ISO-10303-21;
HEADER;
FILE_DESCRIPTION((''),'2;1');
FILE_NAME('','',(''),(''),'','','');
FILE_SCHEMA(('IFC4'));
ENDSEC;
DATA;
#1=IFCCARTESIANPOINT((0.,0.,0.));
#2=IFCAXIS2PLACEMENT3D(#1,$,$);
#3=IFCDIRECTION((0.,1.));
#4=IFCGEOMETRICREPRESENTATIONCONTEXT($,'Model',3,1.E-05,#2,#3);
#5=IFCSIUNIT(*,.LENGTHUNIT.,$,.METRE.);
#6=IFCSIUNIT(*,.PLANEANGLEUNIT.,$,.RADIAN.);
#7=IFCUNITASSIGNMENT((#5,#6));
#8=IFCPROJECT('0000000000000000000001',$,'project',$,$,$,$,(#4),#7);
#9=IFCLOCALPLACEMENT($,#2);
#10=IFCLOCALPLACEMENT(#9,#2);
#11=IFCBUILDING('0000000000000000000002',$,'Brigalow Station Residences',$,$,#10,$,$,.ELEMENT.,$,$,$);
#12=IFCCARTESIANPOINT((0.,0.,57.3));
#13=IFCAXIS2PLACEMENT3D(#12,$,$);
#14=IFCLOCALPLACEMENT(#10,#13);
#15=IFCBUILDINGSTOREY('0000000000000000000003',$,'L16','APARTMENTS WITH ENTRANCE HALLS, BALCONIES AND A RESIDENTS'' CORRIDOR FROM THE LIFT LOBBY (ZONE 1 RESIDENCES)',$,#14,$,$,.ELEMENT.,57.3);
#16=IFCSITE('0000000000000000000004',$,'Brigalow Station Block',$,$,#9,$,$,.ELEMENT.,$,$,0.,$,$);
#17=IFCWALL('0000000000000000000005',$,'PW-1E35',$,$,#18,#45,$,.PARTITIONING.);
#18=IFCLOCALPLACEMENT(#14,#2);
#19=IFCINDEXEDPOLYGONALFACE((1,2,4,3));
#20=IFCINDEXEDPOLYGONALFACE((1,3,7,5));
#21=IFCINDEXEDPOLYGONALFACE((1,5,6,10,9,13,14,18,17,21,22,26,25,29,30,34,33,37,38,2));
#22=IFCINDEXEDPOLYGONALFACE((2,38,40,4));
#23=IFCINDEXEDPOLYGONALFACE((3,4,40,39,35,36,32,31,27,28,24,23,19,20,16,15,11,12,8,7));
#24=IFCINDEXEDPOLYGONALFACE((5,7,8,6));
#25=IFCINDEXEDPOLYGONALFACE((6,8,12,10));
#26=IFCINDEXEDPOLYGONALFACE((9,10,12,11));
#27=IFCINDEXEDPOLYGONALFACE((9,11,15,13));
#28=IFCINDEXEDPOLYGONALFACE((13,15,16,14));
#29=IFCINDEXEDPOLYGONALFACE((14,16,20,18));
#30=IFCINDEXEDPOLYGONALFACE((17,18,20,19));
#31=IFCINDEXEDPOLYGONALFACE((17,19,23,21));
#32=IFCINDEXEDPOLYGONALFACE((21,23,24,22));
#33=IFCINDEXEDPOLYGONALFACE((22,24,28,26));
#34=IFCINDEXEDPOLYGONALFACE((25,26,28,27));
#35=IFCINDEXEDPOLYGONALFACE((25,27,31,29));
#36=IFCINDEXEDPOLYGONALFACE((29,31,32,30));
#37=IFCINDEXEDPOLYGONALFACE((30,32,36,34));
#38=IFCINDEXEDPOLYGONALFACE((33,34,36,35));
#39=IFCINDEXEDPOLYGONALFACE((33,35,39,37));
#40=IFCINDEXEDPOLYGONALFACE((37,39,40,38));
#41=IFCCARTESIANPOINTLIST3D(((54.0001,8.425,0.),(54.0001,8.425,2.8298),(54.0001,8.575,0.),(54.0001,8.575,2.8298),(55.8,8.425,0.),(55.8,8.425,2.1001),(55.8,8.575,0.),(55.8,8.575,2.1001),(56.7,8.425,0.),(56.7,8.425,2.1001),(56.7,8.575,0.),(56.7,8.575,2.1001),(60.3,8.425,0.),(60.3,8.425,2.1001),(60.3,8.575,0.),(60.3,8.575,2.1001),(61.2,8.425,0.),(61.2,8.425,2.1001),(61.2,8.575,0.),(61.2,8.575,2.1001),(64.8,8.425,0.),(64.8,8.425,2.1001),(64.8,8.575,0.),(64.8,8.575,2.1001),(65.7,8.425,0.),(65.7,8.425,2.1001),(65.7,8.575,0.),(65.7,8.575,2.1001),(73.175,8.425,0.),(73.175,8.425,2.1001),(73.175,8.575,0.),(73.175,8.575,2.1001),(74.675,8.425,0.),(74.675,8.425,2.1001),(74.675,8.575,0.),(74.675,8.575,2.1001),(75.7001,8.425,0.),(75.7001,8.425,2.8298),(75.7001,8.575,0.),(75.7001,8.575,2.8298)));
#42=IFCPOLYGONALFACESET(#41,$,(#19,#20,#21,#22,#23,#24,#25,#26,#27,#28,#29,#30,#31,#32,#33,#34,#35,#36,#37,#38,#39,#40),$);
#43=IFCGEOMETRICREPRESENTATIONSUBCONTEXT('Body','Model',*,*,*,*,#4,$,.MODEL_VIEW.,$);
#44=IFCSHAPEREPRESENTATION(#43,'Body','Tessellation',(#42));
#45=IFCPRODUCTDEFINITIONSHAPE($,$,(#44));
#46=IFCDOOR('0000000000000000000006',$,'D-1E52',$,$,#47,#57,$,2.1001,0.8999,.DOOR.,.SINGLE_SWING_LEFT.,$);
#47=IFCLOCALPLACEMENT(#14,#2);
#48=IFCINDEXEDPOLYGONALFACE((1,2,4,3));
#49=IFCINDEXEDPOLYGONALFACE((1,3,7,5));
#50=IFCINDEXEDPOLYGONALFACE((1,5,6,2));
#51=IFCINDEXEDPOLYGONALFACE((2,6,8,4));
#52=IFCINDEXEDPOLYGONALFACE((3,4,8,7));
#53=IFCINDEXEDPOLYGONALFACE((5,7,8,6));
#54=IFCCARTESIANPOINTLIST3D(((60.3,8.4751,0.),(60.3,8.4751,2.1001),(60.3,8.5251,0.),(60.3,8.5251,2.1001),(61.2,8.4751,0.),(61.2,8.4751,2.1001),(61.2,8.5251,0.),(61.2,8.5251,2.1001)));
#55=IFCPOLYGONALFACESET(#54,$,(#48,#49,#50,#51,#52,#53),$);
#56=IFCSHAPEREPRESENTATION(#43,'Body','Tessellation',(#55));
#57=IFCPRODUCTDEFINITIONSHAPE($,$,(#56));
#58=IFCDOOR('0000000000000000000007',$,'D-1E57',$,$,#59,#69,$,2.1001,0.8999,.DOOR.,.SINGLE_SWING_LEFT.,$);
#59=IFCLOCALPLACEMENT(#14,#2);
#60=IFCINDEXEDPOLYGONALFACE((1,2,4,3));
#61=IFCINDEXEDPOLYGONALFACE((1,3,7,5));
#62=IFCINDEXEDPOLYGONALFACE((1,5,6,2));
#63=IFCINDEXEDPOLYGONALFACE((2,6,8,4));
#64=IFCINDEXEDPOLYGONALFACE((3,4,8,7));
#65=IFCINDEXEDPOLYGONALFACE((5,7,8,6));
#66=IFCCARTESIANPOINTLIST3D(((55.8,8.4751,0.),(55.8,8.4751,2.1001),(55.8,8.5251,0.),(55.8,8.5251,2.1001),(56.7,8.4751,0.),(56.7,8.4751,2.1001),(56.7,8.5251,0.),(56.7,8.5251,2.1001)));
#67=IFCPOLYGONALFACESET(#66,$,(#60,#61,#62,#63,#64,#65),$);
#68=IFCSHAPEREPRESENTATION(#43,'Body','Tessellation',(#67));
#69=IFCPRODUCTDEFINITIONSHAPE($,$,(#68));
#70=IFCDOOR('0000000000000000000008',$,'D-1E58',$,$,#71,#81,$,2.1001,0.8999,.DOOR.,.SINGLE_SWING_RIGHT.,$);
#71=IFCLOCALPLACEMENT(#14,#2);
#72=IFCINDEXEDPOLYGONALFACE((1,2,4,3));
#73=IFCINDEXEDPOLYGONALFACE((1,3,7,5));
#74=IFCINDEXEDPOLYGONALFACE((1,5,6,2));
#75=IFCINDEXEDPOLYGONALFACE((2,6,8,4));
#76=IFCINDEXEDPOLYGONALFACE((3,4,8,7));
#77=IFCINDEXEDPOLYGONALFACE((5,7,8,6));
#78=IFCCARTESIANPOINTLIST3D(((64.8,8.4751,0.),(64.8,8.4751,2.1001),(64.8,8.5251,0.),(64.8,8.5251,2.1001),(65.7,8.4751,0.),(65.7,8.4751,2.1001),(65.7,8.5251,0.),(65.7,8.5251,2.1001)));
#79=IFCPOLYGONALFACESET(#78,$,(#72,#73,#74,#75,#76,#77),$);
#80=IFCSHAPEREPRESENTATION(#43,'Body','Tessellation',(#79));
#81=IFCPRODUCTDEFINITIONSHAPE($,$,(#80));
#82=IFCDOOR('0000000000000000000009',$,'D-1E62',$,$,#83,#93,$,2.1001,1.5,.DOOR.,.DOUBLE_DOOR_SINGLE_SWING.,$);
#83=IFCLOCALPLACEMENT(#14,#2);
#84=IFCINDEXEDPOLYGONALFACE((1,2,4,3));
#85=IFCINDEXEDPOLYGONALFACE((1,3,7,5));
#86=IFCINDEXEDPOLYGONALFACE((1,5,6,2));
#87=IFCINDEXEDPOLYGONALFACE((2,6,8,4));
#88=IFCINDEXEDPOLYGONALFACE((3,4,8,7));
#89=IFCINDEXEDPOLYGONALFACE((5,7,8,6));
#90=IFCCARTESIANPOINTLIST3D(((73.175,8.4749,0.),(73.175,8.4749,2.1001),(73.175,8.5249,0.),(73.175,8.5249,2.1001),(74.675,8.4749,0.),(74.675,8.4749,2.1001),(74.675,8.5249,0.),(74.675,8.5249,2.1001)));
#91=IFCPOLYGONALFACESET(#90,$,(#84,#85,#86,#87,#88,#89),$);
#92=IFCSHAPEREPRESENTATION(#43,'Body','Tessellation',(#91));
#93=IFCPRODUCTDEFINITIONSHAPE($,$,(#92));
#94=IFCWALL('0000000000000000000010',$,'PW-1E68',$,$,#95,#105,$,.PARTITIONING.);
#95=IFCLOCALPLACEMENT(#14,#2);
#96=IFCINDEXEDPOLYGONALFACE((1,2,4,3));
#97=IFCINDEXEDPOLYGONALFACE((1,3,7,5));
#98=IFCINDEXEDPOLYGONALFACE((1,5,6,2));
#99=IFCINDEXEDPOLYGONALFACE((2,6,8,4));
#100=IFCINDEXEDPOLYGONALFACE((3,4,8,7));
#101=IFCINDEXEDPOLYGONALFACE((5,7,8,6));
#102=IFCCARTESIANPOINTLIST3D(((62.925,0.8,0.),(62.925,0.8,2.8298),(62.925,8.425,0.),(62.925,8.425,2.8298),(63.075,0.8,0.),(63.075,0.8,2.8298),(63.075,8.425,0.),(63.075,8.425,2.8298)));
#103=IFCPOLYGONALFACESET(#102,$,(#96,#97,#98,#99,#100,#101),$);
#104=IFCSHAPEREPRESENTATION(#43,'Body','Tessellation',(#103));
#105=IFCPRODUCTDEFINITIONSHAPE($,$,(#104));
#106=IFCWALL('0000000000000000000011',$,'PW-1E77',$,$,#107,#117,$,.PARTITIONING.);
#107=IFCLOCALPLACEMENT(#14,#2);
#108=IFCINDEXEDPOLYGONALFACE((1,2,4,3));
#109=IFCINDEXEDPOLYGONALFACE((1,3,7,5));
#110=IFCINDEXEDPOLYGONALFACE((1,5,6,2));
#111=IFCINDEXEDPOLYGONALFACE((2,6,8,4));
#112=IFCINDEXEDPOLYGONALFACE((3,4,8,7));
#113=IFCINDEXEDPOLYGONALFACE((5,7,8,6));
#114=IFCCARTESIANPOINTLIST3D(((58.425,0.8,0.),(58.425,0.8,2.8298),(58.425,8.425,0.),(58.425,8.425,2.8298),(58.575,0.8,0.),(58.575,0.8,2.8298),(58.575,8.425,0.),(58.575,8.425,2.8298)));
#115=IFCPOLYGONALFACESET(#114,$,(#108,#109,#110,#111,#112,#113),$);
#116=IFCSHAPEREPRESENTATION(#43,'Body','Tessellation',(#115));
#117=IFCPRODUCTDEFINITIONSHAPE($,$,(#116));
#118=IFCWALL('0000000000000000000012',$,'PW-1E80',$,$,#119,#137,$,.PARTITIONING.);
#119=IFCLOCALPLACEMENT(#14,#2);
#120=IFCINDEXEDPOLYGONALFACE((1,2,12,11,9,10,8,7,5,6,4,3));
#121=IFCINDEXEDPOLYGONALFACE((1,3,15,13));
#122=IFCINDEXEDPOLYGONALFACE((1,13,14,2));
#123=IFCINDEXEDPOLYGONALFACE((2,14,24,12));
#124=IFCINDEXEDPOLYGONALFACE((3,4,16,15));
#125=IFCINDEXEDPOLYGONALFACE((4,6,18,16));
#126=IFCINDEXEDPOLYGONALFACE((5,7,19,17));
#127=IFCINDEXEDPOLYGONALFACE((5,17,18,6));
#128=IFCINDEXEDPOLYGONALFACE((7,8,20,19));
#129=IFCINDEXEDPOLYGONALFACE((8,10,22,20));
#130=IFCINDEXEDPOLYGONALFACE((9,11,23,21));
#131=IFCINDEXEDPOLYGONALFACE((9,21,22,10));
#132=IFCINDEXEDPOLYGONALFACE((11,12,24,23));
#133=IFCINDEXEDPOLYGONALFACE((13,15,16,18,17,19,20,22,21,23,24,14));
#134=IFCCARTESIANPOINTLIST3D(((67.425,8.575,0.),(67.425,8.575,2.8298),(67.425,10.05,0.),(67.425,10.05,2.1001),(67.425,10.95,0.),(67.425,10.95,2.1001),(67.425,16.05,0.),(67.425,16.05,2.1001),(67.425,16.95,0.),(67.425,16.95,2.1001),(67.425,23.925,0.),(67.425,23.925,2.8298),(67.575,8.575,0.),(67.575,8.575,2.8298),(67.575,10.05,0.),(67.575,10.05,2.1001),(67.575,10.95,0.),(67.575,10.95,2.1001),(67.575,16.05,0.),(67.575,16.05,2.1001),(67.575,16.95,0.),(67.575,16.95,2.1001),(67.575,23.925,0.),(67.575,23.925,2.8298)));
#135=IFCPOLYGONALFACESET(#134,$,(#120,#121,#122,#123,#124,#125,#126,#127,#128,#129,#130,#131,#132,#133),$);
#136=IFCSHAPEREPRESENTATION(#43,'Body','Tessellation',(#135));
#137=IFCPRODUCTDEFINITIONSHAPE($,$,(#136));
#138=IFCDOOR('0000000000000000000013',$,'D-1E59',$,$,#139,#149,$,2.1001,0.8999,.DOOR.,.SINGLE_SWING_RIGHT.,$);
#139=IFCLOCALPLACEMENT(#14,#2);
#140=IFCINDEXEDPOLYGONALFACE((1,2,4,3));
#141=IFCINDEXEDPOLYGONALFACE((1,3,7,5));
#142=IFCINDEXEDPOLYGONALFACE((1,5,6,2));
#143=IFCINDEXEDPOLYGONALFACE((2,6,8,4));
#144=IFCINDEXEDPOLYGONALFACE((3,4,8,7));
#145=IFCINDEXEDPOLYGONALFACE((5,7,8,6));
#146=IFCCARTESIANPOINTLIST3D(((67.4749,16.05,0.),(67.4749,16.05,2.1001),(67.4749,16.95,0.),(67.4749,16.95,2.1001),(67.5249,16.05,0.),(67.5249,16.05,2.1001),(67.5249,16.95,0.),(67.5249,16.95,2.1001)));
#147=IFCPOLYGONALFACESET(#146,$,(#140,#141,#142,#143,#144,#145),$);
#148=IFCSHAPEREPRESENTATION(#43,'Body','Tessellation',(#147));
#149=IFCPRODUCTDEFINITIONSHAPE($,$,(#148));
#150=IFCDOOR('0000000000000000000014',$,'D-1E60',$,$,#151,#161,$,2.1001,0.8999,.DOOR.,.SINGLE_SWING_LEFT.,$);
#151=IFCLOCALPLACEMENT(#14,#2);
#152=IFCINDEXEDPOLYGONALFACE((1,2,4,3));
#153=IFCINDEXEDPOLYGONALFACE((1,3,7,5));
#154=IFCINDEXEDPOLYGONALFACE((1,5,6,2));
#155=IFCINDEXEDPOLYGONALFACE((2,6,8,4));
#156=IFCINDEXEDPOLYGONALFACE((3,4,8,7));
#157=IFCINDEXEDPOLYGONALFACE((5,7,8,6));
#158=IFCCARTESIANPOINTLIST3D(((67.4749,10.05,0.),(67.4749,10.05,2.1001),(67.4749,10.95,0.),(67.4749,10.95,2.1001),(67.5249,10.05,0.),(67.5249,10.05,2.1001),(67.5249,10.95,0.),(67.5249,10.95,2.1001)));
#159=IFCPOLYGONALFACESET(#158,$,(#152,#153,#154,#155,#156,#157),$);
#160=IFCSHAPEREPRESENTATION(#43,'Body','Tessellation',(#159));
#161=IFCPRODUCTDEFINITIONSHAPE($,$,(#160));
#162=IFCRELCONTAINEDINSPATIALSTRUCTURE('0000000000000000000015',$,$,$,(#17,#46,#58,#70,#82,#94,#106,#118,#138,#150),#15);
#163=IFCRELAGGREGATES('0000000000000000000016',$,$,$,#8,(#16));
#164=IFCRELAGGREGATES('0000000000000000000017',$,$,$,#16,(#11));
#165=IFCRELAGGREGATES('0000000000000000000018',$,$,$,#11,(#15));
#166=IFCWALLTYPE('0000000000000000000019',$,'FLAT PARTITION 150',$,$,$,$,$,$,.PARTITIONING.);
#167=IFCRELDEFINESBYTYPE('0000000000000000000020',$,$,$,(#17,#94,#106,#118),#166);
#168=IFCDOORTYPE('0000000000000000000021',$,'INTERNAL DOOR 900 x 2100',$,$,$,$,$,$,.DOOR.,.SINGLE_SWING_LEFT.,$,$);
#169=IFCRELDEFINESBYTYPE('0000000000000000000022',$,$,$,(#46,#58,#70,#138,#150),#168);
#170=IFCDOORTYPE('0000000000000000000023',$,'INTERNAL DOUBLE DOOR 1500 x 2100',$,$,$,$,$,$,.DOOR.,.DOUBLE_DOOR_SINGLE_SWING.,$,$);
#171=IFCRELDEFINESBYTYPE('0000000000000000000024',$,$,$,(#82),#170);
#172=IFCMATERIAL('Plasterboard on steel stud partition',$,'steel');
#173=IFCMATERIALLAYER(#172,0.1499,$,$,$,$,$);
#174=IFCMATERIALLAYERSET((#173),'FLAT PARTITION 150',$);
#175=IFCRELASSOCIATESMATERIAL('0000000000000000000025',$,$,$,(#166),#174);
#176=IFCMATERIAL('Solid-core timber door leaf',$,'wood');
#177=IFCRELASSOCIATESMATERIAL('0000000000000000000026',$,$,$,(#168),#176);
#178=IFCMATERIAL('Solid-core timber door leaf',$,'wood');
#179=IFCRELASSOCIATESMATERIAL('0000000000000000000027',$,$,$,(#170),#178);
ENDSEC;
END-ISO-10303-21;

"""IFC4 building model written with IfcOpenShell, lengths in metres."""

from ifc_helpers import new_model, si_unit, direction, frame, frame_2d, origin, place, context, subcontext, project, spatial, rectangle, extrude, material, layer, layer_set, type_object, element, fill, save


model = new_model("IFC4")

# Units and contexts
model_context = context("Model", 3, precision=1e-05, world=origin(), true_north=direction((0.0, 1.0)))
body_context = subcontext(model_context, "Body", "Model", "MODEL_VIEW")
ifc_project = project(units=[si_unit("LENGTHUNIT", "METRE"), si_unit("PLANEANGLEUNIT", "RADIAN")], contexts=[model_context])

# Site, building, storey
site_placement = place(None, origin())
site = spatial("IfcSite", under=ifc_project, at=site_placement, Name="Brigalow Station Block", CompositionType="ELEMENT", RefElevation=0.0)
building_placement = place(site_placement, origin())
building = spatial("IfcBuilding", under=site, at=building_placement, Name="Brigalow Station Residences", CompositionType="ELEMENT")
storey_placement = place(building_placement, frame((0.0, 0.0, 57.3)))
storey = spatial("IfcBuildingStorey", under=building, at=storey_placement, Name="L16", Description="APARTMENTS WITH ENTRANCE HALLS, BALCONIES AND A RESIDENTS' CORRIDOR FROM THE LIFT LOBBY (ZONE 1 RESIDENCES)", CompositionType="ELEMENT", Elevation=57.3)

# Wall, openings, doors
ifc_material_1 = material(Name="Plasterboard on steel stud partition", Category="steel")
ifc_layer_1 = layer(ifc_material_1, 0.1499)
ifc_layer_set_1 = layer_set([ifc_layer_1], Name="FLAT PARTITION 150")
wall_type_1 = type_object("IfcWallType", Name="FLAT PARTITION 150", PredefinedType="PARTITIONING", material=ifc_layer_set_1)
wall_1_placement = place(storey_placement, frame((54.0, 8.5, 0.0), z_axis=(0.0, 0.0, 1.0), x_axis=(1.0, 0.0, 0.0)))
wall_1 = element("IfcWall", 1, at=wall_1_placement, inside=storey, type_object=wall_type_1, Name="PW-1E35", PredefinedType="PARTITIONING", context=body_context, shape_type="SweptSolid", body=[
    extrude(rectangle(XDim=21.7, YDim=0.1499, at=frame_2d((10.8501, 0.0))), origin(), (0.0, 0.0, 1.0), 2.8298),
])
opening_1_placement = place(wall_1_placement, frame((6.3, 0.0, 0.0)))
opening_1 = element("IfcOpeningElement", 2, at=opening_1_placement, cuts=wall_1, PredefinedType="OPENING", context=body_context, shape_type="SweptSolid", body=[
    extrude(rectangle(XDim=0.8999, YDim=2.1001, at=frame_2d((0.45, 1.05))), frame((0.0, 0.085, 0.0), z_axis=(0.0, -1.0, 0.0), x_axis=(1.0, 0.0, 0.0)), (0.0, 0.0, 1.0), 0.1699),
])
opening_2_placement = place(wall_1_placement, frame((1.8, 0.0, 0.0)))
opening_2 = element("IfcOpeningElement", 3, at=opening_2_placement, cuts=wall_1, PredefinedType="OPENING", context=body_context, shape_type="SweptSolid", body=[
    extrude(rectangle(XDim=0.8999, YDim=2.1001, at=frame_2d((0.45, 1.05))), frame((0.0, 0.085, 0.0), z_axis=(0.0, -1.0, 0.0), x_axis=(1.0, 0.0, 0.0)), (0.0, 0.0, 1.0), 0.1699),
])
opening_3_placement = place(wall_1_placement, frame((10.8, 0.0, 0.0)))
opening_3 = element("IfcOpeningElement", 4, at=opening_3_placement, cuts=wall_1, PredefinedType="OPENING", context=body_context, shape_type="SweptSolid", body=[
    extrude(rectangle(XDim=0.8999, YDim=2.1001, at=frame_2d((0.45, 1.05))), frame((0.0, 0.085, 0.0), z_axis=(0.0, -1.0, 0.0), x_axis=(1.0, 0.0, 0.0)), (0.0, 0.0, 1.0), 0.1699),
])
opening_4_placement = place(wall_1_placement, frame((19.175, 0.0, 0.0)))
opening_4 = element("IfcOpeningElement", 5, at=opening_4_placement, cuts=wall_1, PredefinedType="OPENING", context=body_context, shape_type="SweptSolid", body=[
    extrude(rectangle(XDim=1.5, YDim=2.1001, at=frame_2d((0.75, 1.05))), frame((0.0, 0.085, 0.0), z_axis=(0.0, -1.0, 0.0), x_axis=(1.0, 0.0, 0.0)), (0.0, 0.0, 1.0), 0.1699),
])
ifc_material_2 = material(Name="Solid-core timber door leaf", Category="wood")
door_type_1 = type_object("IfcDoorType", Name="INTERNAL DOOR 900 x 2100", OperationType="SINGLE_SWING_LEFT", PredefinedType="DOOR", material=ifc_material_2)
door_1_placement = place(opening_1_placement, frame((0.8999, 0.0, 0.0), z_axis=(0.0, 0.0, 1.0), x_axis=(-1.0, 0.0, 0.0)))
door_1 = element("IfcDoor", 6, at=door_1_placement, inside=storey, type_object=door_type_1, Name="D-1E52", OperationType="SINGLE_SWING_LEFT", OverallHeight=2.1001, OverallWidth=0.8999, PredefinedType="DOOR", context=body_context, shape_type="SweptSolid", body=[
    extrude(rectangle(XDim=0.8999, YDim=2.1001, at=frame_2d((0.45, 1.05))), frame((0.0, 0.0249, 0.0), z_axis=(0.0, -1.0, 0.0), x_axis=(1.0, 0.0, 0.0)), (0.0, 0.0, 1.0), 0.05),
])
fill(opening_1, door_1)
door_2_placement = place(opening_2_placement, frame((0.8999, 0.0, 0.0), z_axis=(0.0, 0.0, 1.0), x_axis=(-1.0, 0.0, 0.0)))
door_2 = element("IfcDoor", 7, at=door_2_placement, inside=storey, type_object=door_type_1, Name="D-1E57", OperationType="SINGLE_SWING_LEFT", OverallHeight=2.1001, OverallWidth=0.8999, PredefinedType="DOOR", context=body_context, shape_type="SweptSolid", body=[
    extrude(rectangle(XDim=0.8999, YDim=2.1001, at=frame_2d((0.45, 1.05))), frame((0.0, 0.0249, 0.0), z_axis=(0.0, -1.0, 0.0), x_axis=(1.0, 0.0, 0.0)), (0.0, 0.0, 1.0), 0.05),
])
fill(opening_2, door_2)
door_3_placement = place(opening_3_placement, frame((0.8999, 0.0, 0.0), z_axis=(0.0, 0.0, 1.0), x_axis=(-1.0, 0.0, 0.0)))
door_3 = element("IfcDoor", 8, at=door_3_placement, inside=storey, type_object=door_type_1, Name="D-1E58", OperationType="SINGLE_SWING_RIGHT", OverallHeight=2.1001, OverallWidth=0.8999, PredefinedType="DOOR", context=body_context, shape_type="SweptSolid", body=[
    extrude(rectangle(XDim=0.8999, YDim=2.1001, at=frame_2d((0.45, 1.05))), frame((0.0, 0.0249, 0.0), z_axis=(0.0, -1.0, 0.0), x_axis=(1.0, 0.0, 0.0)), (0.0, 0.0, 1.0), 0.05),
])
fill(opening_3, door_3)
ifc_material_3 = material(Name="Solid-core timber door leaf", Category="wood")
door_type_2 = type_object("IfcDoorType", Name="INTERNAL DOUBLE DOOR 1500 x 2100", OperationType="DOUBLE_DOOR_SINGLE_SWING", PredefinedType="DOOR", material=ifc_material_3)
door_4_placement = place(opening_4_placement, origin())
door_4 = element("IfcDoor", 9, at=door_4_placement, inside=storey, type_object=door_type_2, Name="D-1E62", OperationType="DOUBLE_DOOR_SINGLE_SWING", OverallHeight=2.1001, OverallWidth=1.5, PredefinedType="DOOR", context=body_context, shape_type="SweptSolid", body=[
    extrude(rectangle(XDim=1.5, YDim=2.1001, at=frame_2d((0.75, 1.05))), frame((0.0, 0.0249, 0.0), z_axis=(0.0, -1.0, 0.0), x_axis=(1.0, 0.0, 0.0)), (0.0, 0.0, 1.0), 0.05),
])
fill(opening_4, door_4)

# Walls
for number, where, z_axis, x_axis, name in (
    (10, (63.0, 0.8, 0.0), (0.0, 0.0, 1.0), (0.0, 1.0, 0.0), "PW-1E68"),
    (11, (58.5, 0.8, 0.0), (0.0, 0.0, 1.0), (0.0, 1.0, 0.0), "PW-1E77"),
):
    element("IfcWall", number, at=place(storey_placement, frame(where, z_axis=z_axis, x_axis=x_axis)), inside=storey, type_object=wall_type_1, Name=name, PredefinedType="PARTITIONING", context=body_context, shape_type="SweptSolid", body=[
        extrude(rectangle(XDim=7.625, YDim=0.1499, at=frame_2d((3.8125, 0.0))), origin(), (0.0, 0.0, 1.0), 2.8298),
    ])

# Wall, openings, doors
wall_2_placement = place(storey_placement, frame((67.5, 8.575, 0.0), z_axis=(0.0, 0.0, 1.0), x_axis=(0.0, 1.0, 0.0)))
wall_2 = element("IfcWall", 12, at=wall_2_placement, inside=storey, type_object=wall_type_1, Name="PW-1E80", PredefinedType="PARTITIONING", context=body_context, shape_type="SweptSolid", body=[
    extrude(rectangle(XDim=15.3501, YDim=0.1499, at=frame_2d((7.675, 0.0))), origin(), (0.0, 0.0, 1.0), 2.8298),
])
opening_5_placement = place(wall_2_placement, frame((7.4751, 0.0, 0.0)))
opening_5 = element("IfcOpeningElement", 13, at=opening_5_placement, cuts=wall_2, PredefinedType="OPENING", context=body_context, shape_type="SweptSolid", body=[
    extrude(rectangle(XDim=0.8999, YDim=2.1001, at=frame_2d((0.45, 1.05))), frame((0.0, 0.085, 0.0), z_axis=(0.0, -1.0, 0.0), x_axis=(1.0, 0.0, 0.0)), (0.0, 0.0, 1.0), 0.1699),
])
opening_6_placement = place(wall_2_placement, frame((1.4751, 0.0, 0.0)))
opening_6 = element("IfcOpeningElement", 14, at=opening_6_placement, cuts=wall_2, PredefinedType="OPENING", context=body_context, shape_type="SweptSolid", body=[
    extrude(rectangle(XDim=0.8999, YDim=2.1001, at=frame_2d((0.45, 1.05))), frame((0.0, 0.085, 0.0), z_axis=(0.0, -1.0, 0.0), x_axis=(1.0, 0.0, 0.0)), (0.0, 0.0, 1.0), 0.1699),
])
door_5_placement = place(opening_5_placement, frame((0.8999, 0.0, 0.0), z_axis=(0.0, 0.0, 1.0), x_axis=(-1.0, 0.0, 0.0)))
door_5 = element("IfcDoor", 15, at=door_5_placement, inside=storey, type_object=door_type_1, Name="D-1E59", OperationType="SINGLE_SWING_RIGHT", OverallHeight=2.1001, OverallWidth=0.8999, PredefinedType="DOOR", context=body_context, shape_type="SweptSolid", body=[
    extrude(rectangle(XDim=0.8999, YDim=2.1001, at=frame_2d((0.45, 1.05))), frame((0.0, 0.0249, 0.0), z_axis=(0.0, -1.0, 0.0), x_axis=(1.0, 0.0, 0.0)), (0.0, 0.0, 1.0), 0.05),
])
fill(opening_5, door_5)
door_6_placement = place(opening_6_placement, frame((0.8999, 0.0, 0.0), z_axis=(0.0, 0.0, 1.0), x_axis=(-1.0, 0.0, 0.0)))
door_6 = element("IfcDoor", 16, at=door_6_placement, inside=storey, type_object=door_type_1, Name="D-1E60", OperationType="SINGLE_SWING_LEFT", OverallHeight=2.1001, OverallWidth=0.8999, PredefinedType="DOOR", context=body_context, shape_type="SweptSolid", body=[
    extrude(rectangle(XDim=0.8999, YDim=2.1001, at=frame_2d((0.45, 1.05))), frame((0.0, 0.0249, 0.0), z_axis=(0.0, -1.0, 0.0), x_axis=(1.0, 0.0, 0.0)), (0.0, 0.0, 1.0), 0.05),
])
fill(opening_6, door_6)

save(model, "model.ifc")
